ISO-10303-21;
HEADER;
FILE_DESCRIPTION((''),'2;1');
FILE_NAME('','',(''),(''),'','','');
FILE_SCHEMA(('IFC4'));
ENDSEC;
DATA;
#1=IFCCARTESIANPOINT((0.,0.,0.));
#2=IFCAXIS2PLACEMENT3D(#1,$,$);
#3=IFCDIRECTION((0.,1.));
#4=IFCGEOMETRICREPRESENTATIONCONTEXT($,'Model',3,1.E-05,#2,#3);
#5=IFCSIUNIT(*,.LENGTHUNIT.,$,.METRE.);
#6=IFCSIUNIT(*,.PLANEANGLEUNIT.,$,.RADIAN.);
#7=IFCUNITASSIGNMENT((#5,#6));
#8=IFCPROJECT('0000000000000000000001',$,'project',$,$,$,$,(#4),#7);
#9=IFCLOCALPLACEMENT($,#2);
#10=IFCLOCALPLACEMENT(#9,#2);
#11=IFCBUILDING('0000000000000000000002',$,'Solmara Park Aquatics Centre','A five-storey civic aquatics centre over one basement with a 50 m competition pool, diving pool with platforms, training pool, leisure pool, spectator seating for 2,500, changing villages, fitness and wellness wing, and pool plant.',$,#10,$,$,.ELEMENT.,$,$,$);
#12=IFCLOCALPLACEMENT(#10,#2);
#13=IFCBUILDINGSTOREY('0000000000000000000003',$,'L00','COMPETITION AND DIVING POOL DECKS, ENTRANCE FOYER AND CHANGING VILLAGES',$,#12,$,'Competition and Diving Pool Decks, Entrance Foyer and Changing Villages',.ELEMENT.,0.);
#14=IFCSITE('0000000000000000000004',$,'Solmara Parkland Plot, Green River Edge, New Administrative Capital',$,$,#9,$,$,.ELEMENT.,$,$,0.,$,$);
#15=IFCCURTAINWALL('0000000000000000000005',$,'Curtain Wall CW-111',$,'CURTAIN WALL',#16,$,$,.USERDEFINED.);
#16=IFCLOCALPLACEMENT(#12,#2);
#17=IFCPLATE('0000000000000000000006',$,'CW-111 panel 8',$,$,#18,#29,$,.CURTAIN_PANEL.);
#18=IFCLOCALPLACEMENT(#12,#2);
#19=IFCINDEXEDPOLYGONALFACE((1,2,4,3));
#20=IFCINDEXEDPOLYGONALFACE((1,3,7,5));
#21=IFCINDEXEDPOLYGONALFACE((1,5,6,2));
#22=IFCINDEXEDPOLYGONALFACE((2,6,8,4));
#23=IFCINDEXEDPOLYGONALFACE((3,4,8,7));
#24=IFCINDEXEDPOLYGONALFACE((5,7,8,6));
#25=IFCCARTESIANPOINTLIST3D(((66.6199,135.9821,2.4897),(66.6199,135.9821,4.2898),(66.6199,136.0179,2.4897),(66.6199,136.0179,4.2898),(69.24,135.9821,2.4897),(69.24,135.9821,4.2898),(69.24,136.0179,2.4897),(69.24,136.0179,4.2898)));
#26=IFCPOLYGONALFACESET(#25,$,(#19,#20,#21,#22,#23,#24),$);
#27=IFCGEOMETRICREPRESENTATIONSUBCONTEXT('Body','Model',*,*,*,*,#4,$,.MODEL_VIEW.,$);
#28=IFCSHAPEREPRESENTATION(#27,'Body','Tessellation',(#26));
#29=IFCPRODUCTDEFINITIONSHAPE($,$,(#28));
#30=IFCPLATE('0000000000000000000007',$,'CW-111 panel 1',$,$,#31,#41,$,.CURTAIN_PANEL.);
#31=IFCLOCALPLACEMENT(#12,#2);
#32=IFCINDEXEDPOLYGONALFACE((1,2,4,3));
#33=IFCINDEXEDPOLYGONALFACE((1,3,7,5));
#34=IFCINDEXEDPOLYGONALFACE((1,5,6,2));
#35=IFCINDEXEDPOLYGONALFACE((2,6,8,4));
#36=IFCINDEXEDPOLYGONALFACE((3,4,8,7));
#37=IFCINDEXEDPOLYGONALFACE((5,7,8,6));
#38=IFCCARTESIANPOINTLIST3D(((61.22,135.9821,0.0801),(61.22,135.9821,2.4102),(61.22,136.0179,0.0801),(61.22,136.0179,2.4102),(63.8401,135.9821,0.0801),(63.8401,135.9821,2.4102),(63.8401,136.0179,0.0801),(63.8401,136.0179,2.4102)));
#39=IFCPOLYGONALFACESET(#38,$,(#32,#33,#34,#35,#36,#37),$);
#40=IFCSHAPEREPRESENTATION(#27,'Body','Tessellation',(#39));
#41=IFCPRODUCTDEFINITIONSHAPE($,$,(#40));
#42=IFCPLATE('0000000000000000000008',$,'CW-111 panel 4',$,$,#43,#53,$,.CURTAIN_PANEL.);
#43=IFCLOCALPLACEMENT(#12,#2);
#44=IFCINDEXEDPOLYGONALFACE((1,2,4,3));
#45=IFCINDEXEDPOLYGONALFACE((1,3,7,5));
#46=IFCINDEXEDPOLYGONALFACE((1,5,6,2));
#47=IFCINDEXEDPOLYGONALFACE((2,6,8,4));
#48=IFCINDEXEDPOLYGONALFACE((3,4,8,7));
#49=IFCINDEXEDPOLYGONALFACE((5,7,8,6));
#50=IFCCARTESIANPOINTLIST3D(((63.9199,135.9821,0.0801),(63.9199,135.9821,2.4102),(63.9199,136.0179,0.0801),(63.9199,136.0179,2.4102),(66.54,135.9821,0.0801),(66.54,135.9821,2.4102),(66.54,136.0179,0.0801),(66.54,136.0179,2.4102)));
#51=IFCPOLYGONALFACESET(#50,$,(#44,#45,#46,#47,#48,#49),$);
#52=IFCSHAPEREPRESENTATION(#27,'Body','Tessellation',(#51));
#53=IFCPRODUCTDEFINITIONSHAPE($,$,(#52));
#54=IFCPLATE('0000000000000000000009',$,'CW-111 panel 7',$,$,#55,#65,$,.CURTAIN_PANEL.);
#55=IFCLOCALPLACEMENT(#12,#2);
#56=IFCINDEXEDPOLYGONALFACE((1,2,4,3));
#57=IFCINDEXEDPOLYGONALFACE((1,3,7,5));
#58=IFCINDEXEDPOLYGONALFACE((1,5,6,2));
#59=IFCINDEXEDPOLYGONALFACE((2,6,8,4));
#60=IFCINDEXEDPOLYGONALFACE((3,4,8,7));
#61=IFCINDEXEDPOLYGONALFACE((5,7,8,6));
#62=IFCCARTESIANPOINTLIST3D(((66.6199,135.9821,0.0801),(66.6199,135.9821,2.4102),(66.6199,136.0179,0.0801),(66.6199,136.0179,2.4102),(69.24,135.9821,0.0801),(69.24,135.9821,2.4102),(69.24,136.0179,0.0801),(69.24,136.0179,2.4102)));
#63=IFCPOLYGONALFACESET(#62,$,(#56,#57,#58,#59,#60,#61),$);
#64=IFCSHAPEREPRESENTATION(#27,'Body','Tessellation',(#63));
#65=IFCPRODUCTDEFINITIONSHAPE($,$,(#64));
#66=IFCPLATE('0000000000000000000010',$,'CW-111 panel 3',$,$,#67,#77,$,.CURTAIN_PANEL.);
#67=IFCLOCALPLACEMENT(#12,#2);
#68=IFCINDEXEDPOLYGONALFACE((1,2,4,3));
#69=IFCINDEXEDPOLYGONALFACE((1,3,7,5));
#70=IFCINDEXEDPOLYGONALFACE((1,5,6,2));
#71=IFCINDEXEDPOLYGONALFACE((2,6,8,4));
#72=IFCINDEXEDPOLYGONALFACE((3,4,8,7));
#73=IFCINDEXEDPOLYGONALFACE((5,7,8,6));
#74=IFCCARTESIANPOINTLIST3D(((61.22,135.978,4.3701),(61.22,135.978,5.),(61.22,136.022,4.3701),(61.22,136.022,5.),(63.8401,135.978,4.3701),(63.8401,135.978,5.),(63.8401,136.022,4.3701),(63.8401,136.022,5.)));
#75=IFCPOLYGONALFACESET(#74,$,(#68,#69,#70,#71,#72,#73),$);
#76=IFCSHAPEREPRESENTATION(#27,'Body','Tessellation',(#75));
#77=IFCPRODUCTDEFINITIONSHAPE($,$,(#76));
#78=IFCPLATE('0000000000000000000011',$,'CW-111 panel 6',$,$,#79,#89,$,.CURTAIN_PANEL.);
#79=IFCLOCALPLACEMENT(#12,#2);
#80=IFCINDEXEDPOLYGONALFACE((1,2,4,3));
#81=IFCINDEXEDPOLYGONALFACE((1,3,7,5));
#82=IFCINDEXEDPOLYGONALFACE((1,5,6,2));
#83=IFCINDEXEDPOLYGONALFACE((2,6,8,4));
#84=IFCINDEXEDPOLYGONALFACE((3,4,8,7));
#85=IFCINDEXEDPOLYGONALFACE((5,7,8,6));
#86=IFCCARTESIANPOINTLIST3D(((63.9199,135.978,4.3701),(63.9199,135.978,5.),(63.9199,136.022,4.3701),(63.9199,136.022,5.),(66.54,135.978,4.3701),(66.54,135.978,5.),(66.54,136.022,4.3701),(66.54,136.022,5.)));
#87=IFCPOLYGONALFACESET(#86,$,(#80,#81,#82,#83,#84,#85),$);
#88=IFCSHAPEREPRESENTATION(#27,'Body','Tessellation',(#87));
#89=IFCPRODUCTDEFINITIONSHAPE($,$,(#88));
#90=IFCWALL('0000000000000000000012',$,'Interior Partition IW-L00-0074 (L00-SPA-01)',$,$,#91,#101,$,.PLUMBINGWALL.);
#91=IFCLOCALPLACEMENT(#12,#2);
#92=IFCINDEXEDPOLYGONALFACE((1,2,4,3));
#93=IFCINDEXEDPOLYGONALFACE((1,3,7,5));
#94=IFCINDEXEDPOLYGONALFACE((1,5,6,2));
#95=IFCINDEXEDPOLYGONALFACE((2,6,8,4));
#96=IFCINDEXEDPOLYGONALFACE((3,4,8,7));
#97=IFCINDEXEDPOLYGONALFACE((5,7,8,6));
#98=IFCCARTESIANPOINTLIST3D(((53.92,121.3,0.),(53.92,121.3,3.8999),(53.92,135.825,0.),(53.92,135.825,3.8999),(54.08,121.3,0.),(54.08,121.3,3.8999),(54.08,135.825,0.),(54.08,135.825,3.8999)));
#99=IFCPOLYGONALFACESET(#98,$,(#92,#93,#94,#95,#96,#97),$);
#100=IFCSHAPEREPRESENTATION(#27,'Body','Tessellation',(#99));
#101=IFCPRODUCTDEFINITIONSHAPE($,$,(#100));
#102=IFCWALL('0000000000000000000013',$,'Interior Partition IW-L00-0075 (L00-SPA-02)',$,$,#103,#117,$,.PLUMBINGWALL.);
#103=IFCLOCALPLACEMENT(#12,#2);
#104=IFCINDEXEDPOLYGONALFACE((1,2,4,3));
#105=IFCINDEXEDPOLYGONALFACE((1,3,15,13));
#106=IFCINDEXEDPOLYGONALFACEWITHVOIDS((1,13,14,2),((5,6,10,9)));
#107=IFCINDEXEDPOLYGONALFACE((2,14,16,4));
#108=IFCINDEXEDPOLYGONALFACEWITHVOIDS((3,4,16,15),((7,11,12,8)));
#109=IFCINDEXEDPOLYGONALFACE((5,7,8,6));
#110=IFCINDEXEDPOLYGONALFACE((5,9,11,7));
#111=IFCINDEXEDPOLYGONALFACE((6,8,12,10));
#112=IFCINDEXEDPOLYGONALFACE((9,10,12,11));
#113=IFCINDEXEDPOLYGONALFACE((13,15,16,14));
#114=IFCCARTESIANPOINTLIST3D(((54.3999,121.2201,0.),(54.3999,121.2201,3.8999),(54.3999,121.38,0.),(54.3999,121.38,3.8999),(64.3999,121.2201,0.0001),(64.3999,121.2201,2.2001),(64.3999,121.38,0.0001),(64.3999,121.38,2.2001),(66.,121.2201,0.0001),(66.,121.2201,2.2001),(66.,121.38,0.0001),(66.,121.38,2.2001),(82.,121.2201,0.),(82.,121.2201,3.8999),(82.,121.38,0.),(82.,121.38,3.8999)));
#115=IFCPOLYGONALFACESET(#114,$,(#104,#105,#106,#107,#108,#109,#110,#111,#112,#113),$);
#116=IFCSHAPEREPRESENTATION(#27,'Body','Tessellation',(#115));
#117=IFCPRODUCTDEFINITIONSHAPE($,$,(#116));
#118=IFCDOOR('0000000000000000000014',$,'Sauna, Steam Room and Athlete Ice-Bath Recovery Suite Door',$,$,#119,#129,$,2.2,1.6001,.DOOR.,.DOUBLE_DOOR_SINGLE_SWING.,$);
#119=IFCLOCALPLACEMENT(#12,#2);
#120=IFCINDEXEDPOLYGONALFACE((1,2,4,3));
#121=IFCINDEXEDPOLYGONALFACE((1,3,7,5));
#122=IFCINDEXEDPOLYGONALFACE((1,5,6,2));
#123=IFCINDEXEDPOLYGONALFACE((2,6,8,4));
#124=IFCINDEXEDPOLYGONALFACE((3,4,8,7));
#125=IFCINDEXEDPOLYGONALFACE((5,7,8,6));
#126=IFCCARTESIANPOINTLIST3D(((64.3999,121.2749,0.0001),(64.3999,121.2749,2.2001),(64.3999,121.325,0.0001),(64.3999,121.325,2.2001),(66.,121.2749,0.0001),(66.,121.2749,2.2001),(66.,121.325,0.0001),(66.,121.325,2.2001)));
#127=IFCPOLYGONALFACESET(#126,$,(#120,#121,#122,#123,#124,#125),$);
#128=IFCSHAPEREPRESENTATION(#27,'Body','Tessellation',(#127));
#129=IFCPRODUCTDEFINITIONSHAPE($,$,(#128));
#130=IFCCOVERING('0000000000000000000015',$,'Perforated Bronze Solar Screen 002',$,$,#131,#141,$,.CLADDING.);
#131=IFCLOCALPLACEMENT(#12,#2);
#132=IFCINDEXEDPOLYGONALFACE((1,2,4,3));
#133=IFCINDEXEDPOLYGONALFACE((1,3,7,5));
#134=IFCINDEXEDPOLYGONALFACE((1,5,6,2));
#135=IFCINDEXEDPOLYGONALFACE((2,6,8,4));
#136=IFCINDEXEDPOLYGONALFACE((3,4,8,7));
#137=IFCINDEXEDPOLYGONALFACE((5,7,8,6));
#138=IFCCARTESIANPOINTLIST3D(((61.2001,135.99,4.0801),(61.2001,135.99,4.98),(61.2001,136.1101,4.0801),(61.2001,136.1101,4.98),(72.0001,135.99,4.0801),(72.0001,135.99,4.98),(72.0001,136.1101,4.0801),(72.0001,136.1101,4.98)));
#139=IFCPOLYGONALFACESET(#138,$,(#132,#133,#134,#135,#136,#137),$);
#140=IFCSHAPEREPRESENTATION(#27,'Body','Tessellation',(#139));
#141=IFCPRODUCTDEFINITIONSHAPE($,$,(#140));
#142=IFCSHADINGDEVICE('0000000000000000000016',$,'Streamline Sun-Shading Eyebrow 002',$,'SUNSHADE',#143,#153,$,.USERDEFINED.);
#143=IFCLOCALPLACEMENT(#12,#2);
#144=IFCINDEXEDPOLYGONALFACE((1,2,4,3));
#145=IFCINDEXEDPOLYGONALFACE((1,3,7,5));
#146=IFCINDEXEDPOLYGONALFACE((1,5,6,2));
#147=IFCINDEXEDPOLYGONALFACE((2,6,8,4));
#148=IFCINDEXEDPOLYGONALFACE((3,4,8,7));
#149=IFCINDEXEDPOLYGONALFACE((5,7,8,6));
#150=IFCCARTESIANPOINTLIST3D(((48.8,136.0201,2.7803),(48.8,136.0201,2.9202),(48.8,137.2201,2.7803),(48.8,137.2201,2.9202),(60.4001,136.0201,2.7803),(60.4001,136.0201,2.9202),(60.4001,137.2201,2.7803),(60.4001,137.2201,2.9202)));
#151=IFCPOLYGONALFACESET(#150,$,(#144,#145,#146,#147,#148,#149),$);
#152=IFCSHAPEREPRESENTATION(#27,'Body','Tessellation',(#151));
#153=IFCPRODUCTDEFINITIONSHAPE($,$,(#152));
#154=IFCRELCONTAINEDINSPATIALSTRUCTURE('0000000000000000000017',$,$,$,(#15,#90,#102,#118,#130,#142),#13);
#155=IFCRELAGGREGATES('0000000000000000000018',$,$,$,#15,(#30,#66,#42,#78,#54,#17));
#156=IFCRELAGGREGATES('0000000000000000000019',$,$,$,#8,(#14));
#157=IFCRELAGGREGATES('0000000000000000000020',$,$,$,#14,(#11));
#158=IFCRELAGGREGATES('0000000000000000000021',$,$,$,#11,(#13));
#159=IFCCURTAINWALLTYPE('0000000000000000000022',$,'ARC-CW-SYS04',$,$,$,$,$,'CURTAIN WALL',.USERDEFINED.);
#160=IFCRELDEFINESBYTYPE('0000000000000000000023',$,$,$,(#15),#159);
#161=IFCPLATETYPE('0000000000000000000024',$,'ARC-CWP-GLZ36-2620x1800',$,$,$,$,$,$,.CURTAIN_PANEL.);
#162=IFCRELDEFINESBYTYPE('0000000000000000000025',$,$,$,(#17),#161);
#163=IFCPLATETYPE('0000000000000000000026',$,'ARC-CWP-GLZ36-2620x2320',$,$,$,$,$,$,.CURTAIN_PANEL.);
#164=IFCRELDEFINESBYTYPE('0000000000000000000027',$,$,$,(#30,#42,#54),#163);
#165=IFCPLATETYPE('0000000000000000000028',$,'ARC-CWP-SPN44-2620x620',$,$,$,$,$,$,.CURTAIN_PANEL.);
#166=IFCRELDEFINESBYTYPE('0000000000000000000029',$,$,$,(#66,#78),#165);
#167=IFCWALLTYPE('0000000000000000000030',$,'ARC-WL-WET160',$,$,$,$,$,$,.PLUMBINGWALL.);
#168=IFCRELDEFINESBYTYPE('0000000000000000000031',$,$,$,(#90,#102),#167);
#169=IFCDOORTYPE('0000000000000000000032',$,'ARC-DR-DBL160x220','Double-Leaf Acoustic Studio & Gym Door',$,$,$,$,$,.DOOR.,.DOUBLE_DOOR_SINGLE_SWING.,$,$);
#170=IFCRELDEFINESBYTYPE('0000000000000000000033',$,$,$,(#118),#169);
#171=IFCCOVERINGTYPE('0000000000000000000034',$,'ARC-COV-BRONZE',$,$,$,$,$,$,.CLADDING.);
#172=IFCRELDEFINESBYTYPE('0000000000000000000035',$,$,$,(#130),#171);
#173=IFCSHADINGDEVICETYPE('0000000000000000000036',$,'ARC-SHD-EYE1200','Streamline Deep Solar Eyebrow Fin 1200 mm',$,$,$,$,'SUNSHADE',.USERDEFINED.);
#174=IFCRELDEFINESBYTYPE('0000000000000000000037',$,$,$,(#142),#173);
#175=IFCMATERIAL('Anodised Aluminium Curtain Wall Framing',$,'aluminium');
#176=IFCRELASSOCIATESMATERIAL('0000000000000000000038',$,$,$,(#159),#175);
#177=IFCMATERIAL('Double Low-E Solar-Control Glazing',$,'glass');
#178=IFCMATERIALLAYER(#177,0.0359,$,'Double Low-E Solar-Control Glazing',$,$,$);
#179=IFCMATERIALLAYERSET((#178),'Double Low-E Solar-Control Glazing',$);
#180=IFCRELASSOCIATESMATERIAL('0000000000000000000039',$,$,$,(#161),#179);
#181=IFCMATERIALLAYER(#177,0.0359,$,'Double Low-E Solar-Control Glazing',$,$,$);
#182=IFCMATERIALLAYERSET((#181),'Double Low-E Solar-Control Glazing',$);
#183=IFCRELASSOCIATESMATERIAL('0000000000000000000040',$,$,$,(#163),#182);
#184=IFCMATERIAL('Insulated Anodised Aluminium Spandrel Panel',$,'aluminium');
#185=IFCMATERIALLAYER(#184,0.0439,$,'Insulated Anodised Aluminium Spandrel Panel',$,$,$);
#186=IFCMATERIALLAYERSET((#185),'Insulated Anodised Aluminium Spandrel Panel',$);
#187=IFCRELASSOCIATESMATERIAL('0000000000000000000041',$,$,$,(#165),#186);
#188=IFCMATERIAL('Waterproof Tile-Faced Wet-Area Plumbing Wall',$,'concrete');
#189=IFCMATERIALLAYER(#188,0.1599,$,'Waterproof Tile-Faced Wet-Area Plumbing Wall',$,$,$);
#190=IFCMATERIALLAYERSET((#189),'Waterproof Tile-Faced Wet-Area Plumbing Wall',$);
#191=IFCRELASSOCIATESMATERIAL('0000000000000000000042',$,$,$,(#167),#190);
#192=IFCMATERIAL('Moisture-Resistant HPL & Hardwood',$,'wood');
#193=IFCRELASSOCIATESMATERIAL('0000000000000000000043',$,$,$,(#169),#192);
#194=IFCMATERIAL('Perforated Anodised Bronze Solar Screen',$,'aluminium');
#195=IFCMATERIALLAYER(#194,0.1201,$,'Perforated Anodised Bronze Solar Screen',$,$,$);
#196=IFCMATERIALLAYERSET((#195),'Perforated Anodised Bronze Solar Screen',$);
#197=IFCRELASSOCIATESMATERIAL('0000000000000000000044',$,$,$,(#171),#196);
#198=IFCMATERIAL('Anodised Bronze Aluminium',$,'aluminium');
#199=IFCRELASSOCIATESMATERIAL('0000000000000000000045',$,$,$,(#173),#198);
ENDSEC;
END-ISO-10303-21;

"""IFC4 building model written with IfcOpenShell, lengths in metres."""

from ifc_helpers import new_model, si_unit, direction, frame, frame_2d, origin, origin_2d, place, context, subcontext, project, spatial, rectangle, extrude, material, layer, layer_set, type_object, element, fill, aggregate, save


model = new_model("IFC4")

# Units and contexts
model_context = context("Model", 3, precision=1e-05, world=origin(), true_north=direction((0.0, 1.0)))
body_context = subcontext(model_context, "Body", "Model", "MODEL_VIEW")
ifc_project = project(units=[si_unit("LENGTHUNIT", "METRE"), si_unit("PLANEANGLEUNIT", "RADIAN")], contexts=[model_context])

# Site, building, storey
site_placement = place(None, origin())
site = spatial("IfcSite", under=ifc_project, at=site_placement, Name="Solmara Parkland Plot, Green River Edge, New Administrative Capital", CompositionType="ELEMENT", RefElevation=0.0)
building_placement = place(site_placement, origin())
building = spatial("IfcBuilding", under=site, at=building_placement, Name="Solmara Park Aquatics Centre", Description="A five-storey civic aquatics centre over one basement with a 50 m competition pool, diving pool with platforms, training pool, leisure pool, spectator seating for 2,500, changing villages, fitness and wellness wing, and pool plant.", CompositionType="ELEMENT")
storey_placement = place(building_placement, origin())
storey = spatial("IfcBuildingStorey", under=building, at=storey_placement, Name="L00", Description="COMPETITION AND DIVING POOL DECKS, ENTRANCE FOYER AND CHANGING VILLAGES", LongName="Competition and Diving Pool Decks, Entrance Foyer and Changing Villages", CompositionType="ELEMENT", Elevation=0.0)

# Curtain wall
ifc_material_1 = material(Name="Anodised Aluminium Curtain Wall Framing", Category="aluminium")
curtain_wall_type = type_object("IfcCurtainWallType", Name="ARC-CW-SYS04", ElementType="CURTAIN WALL", PredefinedType="USERDEFINED", material=ifc_material_1)
curtain_wall_placement = place(storey_placement, origin())
curtain_wall = element("IfcCurtainWall", 1, at=curtain_wall_placement, inside=storey, type_object=curtain_wall_type, Name="Curtain Wall CW-111", ObjectType="CURTAIN WALL", PredefinedType="USERDEFINED")

# Plates
ifc_material_2 = material(Name="Double Low-E Solar-Control Glazing", Category="glass")
ifc_layer_1 = layer(ifc_material_2, 0.0359, Name="Double Low-E Solar-Control Glazing")
ifc_layer_set_1 = layer_set([ifc_layer_1], Name="Double Low-E Solar-Control Glazing")
plate_type_1 = type_object("IfcPlateType", Name="ARC-CWP-GLZ36-2620x1800", PredefinedType="CURTAIN_PANEL", material=ifc_layer_set_1)
plate_1_placement = place(storey_placement, frame((67.9299, 136.0, 2.4897), z_axis=(0.0, 0.0, 1.0), x_axis=(1.0, 0.0, 0.0)))
plate_1 = element("IfcPlate", 2, at=plate_1_placement, type_object=plate_type_1, Name="CW-111 panel 8", PredefinedType="CURTAIN_PANEL", context=body_context, shape_type="SweptSolid", body=[
    extrude(rectangle(XDim=2.6201, YDim=0.0359, at=origin_2d()), origin(), (0.0, 0.0, 1.0), 1.8),
])
ifc_layer_2 = layer(ifc_material_2, 0.0359, Name="Double Low-E Solar-Control Glazing")
ifc_layer_set_2 = layer_set([ifc_layer_2], Name="Double Low-E Solar-Control Glazing")
plate_type_2 = type_object("IfcPlateType", Name="ARC-CWP-GLZ36-2620x2320", PredefinedType="CURTAIN_PANEL", material=ifc_layer_set_2)
plate_2_placement = place(storey_placement, frame((62.53, 136.0, 0.0801), z_axis=(0.0, 0.0, 1.0), x_axis=(1.0, 0.0, 0.0)))
plate_2 = element("IfcPlate", 3, at=plate_2_placement, type_object=plate_type_2, Name="CW-111 panel 1", PredefinedType="CURTAIN_PANEL", context=body_context, shape_type="SweptSolid", body=[
    extrude(rectangle(XDim=2.6201, YDim=0.0359, at=origin_2d()), origin(), (0.0, 0.0, 1.0), 2.3301),
])
plate_3_placement = place(storey_placement, frame((65.23, 136.0, 0.0801), z_axis=(0.0, 0.0, 1.0), x_axis=(1.0, 0.0, 0.0)))
plate_3 = element("IfcPlate", 4, at=plate_3_placement, type_object=plate_type_2, Name="CW-111 panel 4", PredefinedType="CURTAIN_PANEL", context=body_context, shape_type="SweptSolid", body=[
    extrude(rectangle(XDim=2.6201, YDim=0.0359, at=origin_2d()), origin(), (0.0, 0.0, 1.0), 2.3301),
])
plate_4_placement = place(storey_placement, frame((67.9299, 136.0, 0.0801), z_axis=(0.0, 0.0, 1.0), x_axis=(1.0, 0.0, 0.0)))
plate_4 = element("IfcPlate", 5, at=plate_4_placement, type_object=plate_type_2, Name="CW-111 panel 7", PredefinedType="CURTAIN_PANEL", context=body_context, shape_type="SweptSolid", body=[
    extrude(rectangle(XDim=2.6201, YDim=0.0359, at=origin_2d()), origin(), (0.0, 0.0, 1.0), 2.3301),
])
ifc_material_3 = material(Name="Insulated Anodised Aluminium Spandrel Panel", Category="aluminium")
ifc_layer_3 = layer(ifc_material_3, 0.0439, Name="Insulated Anodised Aluminium Spandrel Panel")
ifc_layer_set_3 = layer_set([ifc_layer_3], Name="Insulated Anodised Aluminium Spandrel Panel")
plate_type_3 = type_object("IfcPlateType", Name="ARC-CWP-SPN44-2620x620", PredefinedType="CURTAIN_PANEL", material=ifc_layer_set_3)
plate_5_placement = place(storey_placement, frame((62.53, 136.0, 4.3701), z_axis=(0.0, 0.0, 1.0), x_axis=(1.0, 0.0, 0.0)))
plate_5 = element("IfcPlate", 6, at=plate_5_placement, type_object=plate_type_3, Name="CW-111 panel 3", PredefinedType="CURTAIN_PANEL", context=body_context, shape_type="SweptSolid", body=[
    extrude(rectangle(XDim=2.6201, YDim=0.0439, at=origin_2d()), origin(), (0.0, 0.0, 1.0), 0.6299),
])
plate_6_placement = place(storey_placement, frame((65.23, 136.0, 4.3701), z_axis=(0.0, 0.0, 1.0), x_axis=(1.0, 0.0, 0.0)))
plate_6 = element("IfcPlate", 7, at=plate_6_placement, type_object=plate_type_3, Name="CW-111 panel 6", PredefinedType="CURTAIN_PANEL", context=body_context, shape_type="SweptSolid", body=[
    extrude(rectangle(XDim=2.6201, YDim=0.0439, at=origin_2d()), origin(), (0.0, 0.0, 1.0), 0.6299),
])
aggregate(curtain_wall, [plate_2, plate_5, plate_3, plate_6, plate_4, plate_1])

# Wall
ifc_material_4 = material(Name="Waterproof Tile-Faced Wet-Area Plumbing Wall", Category="concrete")
ifc_layer_4 = layer(ifc_material_4, 0.1599, Name="Waterproof Tile-Faced Wet-Area Plumbing Wall")
ifc_layer_set_4 = layer_set([ifc_layer_4], Name="Waterproof Tile-Faced Wet-Area Plumbing Wall")
wall_type = type_object("IfcWallType", Name="ARC-WL-WET160", PredefinedType="PLUMBINGWALL", material=ifc_layer_set_4)
wall_1_placement = place(storey_placement, frame((54.0, 121.3, 0.0), z_axis=(0.0, 0.0, 1.0), x_axis=(0.0, 1.0, 0.0)))
element("IfcWall", 8, at=wall_1_placement, inside=storey, type_object=wall_type, Name="Interior Partition IW-L00-0074 (L00-SPA-01)", PredefinedType="PLUMBINGWALL", context=body_context, shape_type="SweptSolid", body=[
    extrude(rectangle(XDim=14.5249, YDim=0.1599, at=frame_2d((7.2625, 0.0))), origin(), (0.0, 0.0, 1.0), 3.8999),
])

# Wall, opening, door
wall_2_placement = place(storey_placement, frame((54.3999, 121.3, 0.0), z_axis=(0.0, 0.0, 1.0), x_axis=(1.0, 0.0, 0.0)))
wall_2 = element("IfcWall", 9, at=wall_2_placement, inside=storey, type_object=wall_type, Name="Interior Partition IW-L00-0075 (L00-SPA-02)", PredefinedType="PLUMBINGWALL", context=body_context, shape_type="SweptSolid", body=[
    extrude(rectangle(XDim=27.6001, YDim=0.1599, at=frame_2d((13.8, 0.0))), origin(), (0.0, 0.0, 1.0), 3.8999),
])
opening_placement = place(wall_2_placement, frame((10.0, 0.0, 0.0)))
opening = element("IfcOpeningElement", 10, at=opening_placement, cuts=wall_2, PredefinedType="OPENING", context=body_context, shape_type="SweptSolid", body=[
    extrude(rectangle(XDim=1.6001, YDim=2.2, at=frame_2d((0.8, 1.1001))), frame((0.0, 0.0898, 0.0), z_axis=(0.0, -1.0, 0.0), x_axis=(1.0, 0.0, 0.0)), (0.0, 0.0, 1.0), 0.1799),
])
ifc_material_5 = material(Name="Moisture-Resistant HPL & Hardwood", Category="wood")
door_type = type_object("IfcDoorType", Name="ARC-DR-DBL160x220", Description="Double-Leaf Acoustic Studio & Gym Door", OperationType="DOUBLE_DOOR_SINGLE_SWING", PredefinedType="DOOR", material=ifc_material_5)
door_placement = place(opening_placement, origin())
door = element("IfcDoor", 11, at=door_placement, inside=storey, type_object=door_type, Name="Sauna, Steam Room and Athlete Ice-Bath Recovery Suite Door", OperationType="DOUBLE_DOOR_SINGLE_SWING", OverallHeight=2.2, OverallWidth=1.6001, PredefinedType="DOOR", context=body_context, shape_type="SweptSolid", body=[
    extrude(rectangle(XDim=1.6001, YDim=2.2, at=frame_2d((0.8, 1.1001))), frame((0.0, 0.0249, 0.0), z_axis=(0.0, -1.0, 0.0), x_axis=(1.0, 0.0, 0.0)), (0.0, 0.0, 1.0), 0.05),
])
fill(opening, door)

# Covering
ifc_material_6 = material(Name="Perforated Anodised Bronze Solar Screen", Category="aluminium")
ifc_layer_5 = layer(ifc_material_6, 0.1201, Name="Perforated Anodised Bronze Solar Screen")
ifc_layer_set_5 = layer_set([ifc_layer_5], Name="Perforated Anodised Bronze Solar Screen")
covering_type = type_object("IfcCoveringType", Name="ARC-COV-BRONZE", PredefinedType="CLADDING", material=ifc_layer_set_5)
covering_placement = place(storey_placement, frame((66.6001, 136.05, 4.0801), z_axis=(0.0, 0.0, 1.0), x_axis=(1.0, 0.0, 0.0)))
element("IfcCovering", 12, at=covering_placement, inside=storey, type_object=covering_type, Name="Perforated Bronze Solar Screen 002", PredefinedType="CLADDING", context=body_context, shape_type="SweptSolid", body=[
    extrude(rectangle(XDim=10.8, YDim=0.1201, at=origin_2d()), origin(), (0.0, 0.0, 1.0), 0.8999),
])

# Shading device
ifc_material_7 = material(Name="Anodised Bronze Aluminium", Category="aluminium")
shading_device_type = type_object("IfcShadingDeviceType", Name="ARC-SHD-EYE1200", Description="Streamline Deep Solar Eyebrow Fin 1200 mm", ElementType="SUNSHADE", PredefinedType="USERDEFINED", material=ifc_material_7)
shading_device_placement = place(storey_placement, frame((54.6001, 136.6201, 2.7803), z_axis=(0.0, 0.0, 1.0), x_axis=(1.0, 0.0, 0.0)))
element("IfcShadingDevice", 13, at=shading_device_placement, inside=storey, type_object=shading_device_type, Name="Streamline Sun-Shading Eyebrow 002", ObjectType="SUNSHADE", PredefinedType="USERDEFINED", context=body_context, shape_type="SweptSolid", body=[
    extrude(rectangle(XDim=11.6001, YDim=1.2, at=origin_2d()), origin(), (0.0, 0.0, 1.0), 0.1399),
])

save(model, "model.ifc")
